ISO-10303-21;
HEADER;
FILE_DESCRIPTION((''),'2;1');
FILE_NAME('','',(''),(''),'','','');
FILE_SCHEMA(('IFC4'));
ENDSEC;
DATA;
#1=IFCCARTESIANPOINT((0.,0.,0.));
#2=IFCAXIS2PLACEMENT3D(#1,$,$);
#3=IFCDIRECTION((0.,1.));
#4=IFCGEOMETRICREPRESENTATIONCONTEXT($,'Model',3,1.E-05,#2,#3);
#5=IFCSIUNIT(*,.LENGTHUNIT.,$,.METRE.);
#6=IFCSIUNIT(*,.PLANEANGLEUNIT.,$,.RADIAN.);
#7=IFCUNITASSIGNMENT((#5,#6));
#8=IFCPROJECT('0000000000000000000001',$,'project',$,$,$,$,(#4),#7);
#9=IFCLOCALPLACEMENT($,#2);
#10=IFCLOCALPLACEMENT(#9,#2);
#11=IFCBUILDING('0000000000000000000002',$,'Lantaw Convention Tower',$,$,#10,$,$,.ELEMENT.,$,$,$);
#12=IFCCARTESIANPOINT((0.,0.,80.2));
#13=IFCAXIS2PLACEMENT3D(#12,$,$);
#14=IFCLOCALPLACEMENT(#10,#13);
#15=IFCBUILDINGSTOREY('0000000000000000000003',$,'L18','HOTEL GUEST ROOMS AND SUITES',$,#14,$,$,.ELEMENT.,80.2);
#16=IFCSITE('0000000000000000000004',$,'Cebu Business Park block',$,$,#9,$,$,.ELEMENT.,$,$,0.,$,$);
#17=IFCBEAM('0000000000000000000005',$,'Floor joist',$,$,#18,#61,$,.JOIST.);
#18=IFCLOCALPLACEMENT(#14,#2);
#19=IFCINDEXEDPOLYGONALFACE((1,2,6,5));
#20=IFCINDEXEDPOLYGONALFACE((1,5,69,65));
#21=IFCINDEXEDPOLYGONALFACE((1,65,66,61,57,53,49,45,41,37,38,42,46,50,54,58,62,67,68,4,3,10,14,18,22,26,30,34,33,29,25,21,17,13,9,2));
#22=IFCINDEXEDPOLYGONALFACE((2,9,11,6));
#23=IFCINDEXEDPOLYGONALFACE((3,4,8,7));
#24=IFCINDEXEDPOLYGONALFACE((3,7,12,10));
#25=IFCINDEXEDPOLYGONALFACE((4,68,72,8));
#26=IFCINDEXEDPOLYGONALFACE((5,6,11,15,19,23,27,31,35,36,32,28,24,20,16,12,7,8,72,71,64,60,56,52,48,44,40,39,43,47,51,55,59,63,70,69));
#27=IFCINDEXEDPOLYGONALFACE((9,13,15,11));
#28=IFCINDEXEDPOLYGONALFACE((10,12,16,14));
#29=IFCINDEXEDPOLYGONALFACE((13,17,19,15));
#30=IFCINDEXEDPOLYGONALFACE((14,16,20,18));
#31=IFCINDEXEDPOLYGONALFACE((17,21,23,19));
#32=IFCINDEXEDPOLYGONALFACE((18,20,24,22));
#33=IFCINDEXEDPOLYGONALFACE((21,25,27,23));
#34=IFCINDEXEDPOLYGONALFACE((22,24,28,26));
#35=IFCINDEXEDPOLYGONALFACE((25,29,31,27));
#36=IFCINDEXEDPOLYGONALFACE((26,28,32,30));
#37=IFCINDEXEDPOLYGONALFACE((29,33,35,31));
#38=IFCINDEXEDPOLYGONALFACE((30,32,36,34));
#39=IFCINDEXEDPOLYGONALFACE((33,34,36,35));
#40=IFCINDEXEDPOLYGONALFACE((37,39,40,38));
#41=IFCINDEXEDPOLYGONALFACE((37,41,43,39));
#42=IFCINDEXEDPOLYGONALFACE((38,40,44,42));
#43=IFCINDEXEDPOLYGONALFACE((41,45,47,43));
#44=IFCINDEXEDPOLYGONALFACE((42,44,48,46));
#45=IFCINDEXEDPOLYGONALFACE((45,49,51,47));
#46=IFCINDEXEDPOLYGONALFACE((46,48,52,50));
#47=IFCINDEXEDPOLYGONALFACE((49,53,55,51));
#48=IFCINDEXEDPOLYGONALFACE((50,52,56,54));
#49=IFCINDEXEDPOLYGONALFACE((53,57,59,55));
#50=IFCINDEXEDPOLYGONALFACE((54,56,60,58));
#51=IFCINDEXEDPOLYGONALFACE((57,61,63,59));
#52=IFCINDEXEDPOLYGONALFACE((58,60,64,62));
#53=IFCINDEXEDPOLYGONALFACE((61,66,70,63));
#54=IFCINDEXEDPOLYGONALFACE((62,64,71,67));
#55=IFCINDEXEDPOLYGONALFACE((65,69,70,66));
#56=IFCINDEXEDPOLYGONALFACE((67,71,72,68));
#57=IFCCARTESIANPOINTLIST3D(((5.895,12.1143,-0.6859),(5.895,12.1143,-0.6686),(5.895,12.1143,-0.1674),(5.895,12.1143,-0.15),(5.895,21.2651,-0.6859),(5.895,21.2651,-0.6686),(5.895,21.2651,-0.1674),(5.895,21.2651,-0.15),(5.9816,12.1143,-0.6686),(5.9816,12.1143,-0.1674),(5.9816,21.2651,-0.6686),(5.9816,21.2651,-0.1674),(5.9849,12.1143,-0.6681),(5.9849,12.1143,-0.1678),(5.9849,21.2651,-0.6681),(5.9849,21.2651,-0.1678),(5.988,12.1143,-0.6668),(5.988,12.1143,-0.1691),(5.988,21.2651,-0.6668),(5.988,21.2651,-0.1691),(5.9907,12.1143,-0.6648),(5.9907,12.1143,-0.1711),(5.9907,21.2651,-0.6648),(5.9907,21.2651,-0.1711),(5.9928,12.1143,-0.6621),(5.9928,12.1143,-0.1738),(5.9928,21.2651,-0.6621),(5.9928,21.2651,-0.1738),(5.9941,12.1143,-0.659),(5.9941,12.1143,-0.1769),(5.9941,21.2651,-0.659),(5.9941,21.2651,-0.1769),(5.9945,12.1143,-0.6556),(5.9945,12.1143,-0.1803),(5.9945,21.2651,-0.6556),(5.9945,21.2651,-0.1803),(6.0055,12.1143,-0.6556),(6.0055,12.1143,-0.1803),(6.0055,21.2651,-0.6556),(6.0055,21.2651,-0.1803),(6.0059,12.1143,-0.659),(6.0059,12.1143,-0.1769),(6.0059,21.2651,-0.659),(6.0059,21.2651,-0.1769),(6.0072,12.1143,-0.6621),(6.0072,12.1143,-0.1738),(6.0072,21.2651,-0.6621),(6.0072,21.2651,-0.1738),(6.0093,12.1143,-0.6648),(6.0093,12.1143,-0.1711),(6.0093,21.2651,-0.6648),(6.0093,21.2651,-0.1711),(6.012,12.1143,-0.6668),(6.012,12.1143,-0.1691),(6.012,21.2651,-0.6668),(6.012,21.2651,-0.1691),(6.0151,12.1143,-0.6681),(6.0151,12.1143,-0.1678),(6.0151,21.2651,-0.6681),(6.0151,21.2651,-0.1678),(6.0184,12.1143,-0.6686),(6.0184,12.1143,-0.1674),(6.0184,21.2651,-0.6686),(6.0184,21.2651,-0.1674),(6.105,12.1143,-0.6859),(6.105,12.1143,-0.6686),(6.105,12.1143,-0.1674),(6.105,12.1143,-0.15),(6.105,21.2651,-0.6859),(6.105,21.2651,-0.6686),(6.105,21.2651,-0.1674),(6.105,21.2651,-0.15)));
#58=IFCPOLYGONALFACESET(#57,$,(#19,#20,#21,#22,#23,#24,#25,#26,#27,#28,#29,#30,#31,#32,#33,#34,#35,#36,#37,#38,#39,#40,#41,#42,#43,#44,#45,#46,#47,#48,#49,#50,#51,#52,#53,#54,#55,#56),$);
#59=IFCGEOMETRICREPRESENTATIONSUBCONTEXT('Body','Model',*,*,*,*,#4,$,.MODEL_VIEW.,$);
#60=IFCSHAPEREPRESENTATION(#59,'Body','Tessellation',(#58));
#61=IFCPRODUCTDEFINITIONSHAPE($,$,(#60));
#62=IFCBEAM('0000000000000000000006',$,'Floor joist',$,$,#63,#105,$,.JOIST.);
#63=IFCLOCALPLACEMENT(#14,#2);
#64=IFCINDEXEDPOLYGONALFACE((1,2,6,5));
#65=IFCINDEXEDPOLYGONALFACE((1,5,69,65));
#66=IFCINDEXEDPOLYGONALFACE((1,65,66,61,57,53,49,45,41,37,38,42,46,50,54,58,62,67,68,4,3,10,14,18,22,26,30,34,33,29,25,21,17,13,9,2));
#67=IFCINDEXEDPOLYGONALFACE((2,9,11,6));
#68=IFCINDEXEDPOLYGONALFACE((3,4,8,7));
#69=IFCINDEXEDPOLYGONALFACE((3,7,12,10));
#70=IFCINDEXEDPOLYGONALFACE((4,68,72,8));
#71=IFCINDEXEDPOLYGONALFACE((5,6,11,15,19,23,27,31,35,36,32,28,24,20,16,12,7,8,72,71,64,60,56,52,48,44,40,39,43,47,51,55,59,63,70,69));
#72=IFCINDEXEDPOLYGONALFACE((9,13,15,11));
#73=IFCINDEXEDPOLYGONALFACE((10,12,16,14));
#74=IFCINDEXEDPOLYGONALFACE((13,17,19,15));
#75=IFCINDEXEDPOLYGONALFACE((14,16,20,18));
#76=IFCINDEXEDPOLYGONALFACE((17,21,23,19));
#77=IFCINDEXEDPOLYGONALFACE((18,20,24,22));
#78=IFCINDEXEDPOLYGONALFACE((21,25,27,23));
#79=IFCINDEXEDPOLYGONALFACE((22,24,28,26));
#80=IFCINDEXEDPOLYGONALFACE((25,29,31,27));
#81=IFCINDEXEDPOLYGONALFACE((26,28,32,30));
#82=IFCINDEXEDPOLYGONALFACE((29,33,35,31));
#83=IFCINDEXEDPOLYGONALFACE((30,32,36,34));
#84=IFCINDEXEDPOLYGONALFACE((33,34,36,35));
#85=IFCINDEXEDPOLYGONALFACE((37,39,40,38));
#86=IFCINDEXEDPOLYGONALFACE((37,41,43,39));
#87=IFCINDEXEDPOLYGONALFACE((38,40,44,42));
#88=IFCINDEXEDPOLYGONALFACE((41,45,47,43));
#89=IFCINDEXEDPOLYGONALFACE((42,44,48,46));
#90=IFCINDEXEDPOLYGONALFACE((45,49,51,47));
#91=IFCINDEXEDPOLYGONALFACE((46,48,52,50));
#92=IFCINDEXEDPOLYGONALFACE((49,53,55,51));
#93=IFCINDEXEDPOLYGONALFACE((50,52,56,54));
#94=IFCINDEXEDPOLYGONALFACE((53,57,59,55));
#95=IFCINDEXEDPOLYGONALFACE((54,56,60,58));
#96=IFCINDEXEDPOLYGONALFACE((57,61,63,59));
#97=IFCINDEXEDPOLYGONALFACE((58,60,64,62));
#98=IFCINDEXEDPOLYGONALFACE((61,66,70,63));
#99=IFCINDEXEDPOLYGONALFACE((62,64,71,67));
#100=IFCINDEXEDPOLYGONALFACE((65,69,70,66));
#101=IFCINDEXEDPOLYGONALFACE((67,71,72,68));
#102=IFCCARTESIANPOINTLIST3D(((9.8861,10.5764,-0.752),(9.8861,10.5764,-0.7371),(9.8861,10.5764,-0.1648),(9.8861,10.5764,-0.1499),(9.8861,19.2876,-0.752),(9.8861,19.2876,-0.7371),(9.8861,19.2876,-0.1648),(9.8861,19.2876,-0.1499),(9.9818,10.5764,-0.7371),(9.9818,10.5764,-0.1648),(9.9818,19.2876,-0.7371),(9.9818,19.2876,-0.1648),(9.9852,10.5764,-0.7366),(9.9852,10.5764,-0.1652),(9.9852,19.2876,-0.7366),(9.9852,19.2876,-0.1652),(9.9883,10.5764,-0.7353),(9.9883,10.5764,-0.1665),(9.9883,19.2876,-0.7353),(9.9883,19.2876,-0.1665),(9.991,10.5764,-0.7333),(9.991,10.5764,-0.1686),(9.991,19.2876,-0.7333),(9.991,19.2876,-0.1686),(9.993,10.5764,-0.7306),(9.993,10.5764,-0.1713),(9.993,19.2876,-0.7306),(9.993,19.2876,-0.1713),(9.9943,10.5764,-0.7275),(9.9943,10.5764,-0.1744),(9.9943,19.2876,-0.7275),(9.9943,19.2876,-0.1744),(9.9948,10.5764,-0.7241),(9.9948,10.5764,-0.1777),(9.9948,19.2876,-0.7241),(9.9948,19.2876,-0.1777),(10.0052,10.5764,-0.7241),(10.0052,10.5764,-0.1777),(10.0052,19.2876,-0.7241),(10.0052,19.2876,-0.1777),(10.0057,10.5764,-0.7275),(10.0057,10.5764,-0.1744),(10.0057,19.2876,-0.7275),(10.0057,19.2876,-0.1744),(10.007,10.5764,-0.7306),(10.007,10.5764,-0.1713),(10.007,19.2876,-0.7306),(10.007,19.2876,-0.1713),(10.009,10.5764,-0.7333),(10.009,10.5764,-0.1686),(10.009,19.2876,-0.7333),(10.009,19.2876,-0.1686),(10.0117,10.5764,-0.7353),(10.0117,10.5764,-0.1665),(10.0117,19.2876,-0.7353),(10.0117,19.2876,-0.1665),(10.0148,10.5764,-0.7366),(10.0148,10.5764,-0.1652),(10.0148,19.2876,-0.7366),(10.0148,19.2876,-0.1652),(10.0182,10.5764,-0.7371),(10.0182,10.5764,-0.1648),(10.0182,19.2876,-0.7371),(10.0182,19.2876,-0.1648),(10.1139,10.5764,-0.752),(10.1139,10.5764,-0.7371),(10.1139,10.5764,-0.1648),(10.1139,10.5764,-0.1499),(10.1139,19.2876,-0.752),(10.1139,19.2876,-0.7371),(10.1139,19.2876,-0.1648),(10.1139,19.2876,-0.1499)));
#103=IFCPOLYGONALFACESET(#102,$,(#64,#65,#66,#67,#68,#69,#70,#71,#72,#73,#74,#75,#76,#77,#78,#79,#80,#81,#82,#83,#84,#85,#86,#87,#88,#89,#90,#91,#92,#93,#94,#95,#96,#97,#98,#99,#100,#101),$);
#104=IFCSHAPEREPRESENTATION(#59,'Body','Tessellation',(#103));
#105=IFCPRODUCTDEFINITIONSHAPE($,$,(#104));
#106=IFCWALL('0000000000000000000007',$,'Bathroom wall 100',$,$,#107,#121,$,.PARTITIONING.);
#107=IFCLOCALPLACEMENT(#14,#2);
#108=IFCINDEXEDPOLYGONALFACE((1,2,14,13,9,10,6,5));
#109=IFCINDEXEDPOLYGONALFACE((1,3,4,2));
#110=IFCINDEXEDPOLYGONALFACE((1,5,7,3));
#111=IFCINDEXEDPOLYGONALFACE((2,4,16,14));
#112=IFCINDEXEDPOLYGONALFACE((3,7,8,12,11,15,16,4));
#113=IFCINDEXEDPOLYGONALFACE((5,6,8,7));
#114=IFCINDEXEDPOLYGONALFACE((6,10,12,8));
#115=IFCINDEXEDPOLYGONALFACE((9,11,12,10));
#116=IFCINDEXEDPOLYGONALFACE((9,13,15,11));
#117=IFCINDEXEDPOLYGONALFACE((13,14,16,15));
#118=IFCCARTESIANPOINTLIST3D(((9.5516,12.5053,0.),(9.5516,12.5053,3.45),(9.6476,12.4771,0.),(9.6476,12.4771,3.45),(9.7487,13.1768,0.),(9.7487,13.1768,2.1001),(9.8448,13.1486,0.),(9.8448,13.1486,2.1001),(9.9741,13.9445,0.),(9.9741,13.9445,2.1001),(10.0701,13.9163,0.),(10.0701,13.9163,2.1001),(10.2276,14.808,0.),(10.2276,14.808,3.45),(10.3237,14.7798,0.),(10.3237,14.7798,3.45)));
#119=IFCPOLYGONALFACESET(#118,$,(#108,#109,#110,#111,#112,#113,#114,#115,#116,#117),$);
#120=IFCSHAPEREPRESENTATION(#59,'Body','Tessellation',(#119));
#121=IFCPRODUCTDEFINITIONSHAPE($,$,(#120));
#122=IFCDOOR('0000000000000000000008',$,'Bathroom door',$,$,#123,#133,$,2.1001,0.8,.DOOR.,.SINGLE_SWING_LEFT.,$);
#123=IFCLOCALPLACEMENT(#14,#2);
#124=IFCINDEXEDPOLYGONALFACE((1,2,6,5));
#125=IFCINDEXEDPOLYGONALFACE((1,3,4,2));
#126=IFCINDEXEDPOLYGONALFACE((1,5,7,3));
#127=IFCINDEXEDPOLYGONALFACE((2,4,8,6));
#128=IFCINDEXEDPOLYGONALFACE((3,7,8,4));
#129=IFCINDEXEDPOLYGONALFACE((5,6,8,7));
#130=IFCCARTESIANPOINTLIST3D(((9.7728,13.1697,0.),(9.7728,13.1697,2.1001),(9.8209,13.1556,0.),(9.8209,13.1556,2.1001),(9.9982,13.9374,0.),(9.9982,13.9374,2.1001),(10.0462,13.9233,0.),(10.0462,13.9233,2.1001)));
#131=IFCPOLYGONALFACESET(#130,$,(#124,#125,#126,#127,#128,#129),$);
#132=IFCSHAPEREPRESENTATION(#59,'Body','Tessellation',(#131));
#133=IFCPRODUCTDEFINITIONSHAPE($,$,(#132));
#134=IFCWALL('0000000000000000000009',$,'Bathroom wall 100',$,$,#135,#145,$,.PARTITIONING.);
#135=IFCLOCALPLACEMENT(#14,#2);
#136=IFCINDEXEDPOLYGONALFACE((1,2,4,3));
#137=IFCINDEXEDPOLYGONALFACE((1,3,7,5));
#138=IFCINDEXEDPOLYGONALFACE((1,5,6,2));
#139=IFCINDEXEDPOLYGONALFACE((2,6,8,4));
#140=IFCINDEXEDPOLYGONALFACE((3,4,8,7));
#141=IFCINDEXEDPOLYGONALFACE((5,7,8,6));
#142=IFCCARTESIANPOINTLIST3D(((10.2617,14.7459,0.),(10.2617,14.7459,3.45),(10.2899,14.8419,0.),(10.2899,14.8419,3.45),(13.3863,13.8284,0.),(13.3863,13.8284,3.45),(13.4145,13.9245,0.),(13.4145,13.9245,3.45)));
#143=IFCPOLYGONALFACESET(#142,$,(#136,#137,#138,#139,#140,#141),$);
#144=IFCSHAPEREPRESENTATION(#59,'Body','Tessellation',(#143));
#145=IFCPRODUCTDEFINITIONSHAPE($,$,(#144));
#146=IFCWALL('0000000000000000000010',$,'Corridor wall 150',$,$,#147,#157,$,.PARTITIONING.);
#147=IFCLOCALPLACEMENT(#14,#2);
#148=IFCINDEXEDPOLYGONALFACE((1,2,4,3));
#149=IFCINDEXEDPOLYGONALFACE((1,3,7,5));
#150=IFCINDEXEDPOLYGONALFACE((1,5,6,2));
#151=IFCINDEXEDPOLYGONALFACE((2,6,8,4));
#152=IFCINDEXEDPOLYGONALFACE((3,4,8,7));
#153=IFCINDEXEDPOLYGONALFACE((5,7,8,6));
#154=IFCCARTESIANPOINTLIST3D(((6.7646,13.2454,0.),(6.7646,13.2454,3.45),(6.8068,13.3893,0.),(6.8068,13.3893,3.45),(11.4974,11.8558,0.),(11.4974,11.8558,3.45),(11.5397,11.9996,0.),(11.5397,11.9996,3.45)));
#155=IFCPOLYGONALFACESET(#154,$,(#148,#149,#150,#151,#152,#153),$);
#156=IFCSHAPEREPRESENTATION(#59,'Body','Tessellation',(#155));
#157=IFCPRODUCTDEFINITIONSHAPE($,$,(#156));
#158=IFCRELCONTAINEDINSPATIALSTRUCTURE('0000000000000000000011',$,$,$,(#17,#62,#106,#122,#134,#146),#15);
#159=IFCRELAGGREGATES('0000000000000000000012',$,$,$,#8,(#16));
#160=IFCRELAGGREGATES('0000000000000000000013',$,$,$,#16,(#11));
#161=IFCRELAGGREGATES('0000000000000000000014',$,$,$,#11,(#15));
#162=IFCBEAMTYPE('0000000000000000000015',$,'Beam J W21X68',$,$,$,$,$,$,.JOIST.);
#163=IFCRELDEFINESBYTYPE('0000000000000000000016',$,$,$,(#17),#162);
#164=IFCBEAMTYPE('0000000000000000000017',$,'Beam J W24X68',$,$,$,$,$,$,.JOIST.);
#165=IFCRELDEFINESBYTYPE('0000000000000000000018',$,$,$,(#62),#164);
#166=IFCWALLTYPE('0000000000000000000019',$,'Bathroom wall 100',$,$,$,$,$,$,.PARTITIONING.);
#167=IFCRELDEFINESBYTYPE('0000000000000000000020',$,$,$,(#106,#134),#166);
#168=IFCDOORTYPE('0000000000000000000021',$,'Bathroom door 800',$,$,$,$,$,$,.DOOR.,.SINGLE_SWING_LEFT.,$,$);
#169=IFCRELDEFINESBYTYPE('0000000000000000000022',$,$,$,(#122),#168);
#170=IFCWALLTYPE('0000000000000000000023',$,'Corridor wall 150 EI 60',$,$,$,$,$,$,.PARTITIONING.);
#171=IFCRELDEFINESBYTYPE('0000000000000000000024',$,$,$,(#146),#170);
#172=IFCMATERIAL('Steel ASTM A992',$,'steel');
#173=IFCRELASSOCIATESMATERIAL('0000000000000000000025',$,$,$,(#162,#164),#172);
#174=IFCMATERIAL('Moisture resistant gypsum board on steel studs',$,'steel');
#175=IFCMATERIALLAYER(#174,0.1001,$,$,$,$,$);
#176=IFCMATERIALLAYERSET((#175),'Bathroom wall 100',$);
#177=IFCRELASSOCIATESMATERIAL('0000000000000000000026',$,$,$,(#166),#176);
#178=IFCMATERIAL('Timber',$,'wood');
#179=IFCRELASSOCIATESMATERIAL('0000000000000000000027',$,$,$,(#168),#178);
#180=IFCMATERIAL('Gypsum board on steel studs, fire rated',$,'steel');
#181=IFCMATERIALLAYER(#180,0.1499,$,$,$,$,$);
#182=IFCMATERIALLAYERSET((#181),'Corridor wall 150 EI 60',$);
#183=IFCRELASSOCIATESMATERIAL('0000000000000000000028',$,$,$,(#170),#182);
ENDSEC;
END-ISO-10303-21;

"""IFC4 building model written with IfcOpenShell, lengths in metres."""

from ifc_helpers import new_model, si_unit, direction, frame, frame_2d, origin, origin_2d, place, context, subcontext, project, spatial, rectangle, i_section, extrude, material, layer, layer_set, material_profile, profile_set, type_object, element, fill, save


model = new_model("IFC4")

# Units and contexts
model_context = context("Model", 3, precision=1e-05, world=origin(), true_north=direction((0.0, 1.0)))
body_context = subcontext(model_context, "Body", "Model", "MODEL_VIEW")
ifc_project = project(units=[si_unit("LENGTHUNIT", "METRE"), si_unit("PLANEANGLEUNIT", "RADIAN")], contexts=[model_context])

# Site, building, storey
site_placement = place(None, origin())
site = spatial("IfcSite", under=ifc_project, at=site_placement, Name="Cebu Business Park block", CompositionType="ELEMENT", RefElevation=0.0)
building_placement = place(site_placement, origin())
building = spatial("IfcBuilding", under=site, at=building_placement, Name="Lantaw Convention Tower", CompositionType="ELEMENT")
storey_placement = place(building_placement, frame((0.0, 0.0, 80.2)))
storey = spatial("IfcBuildingStorey", under=building, at=storey_placement, Name="L18", Description="HOTEL GUEST ROOMS AND SUITES", CompositionType="ELEMENT", Elevation=80.2)

# Beams
ifc_material_1 = material(Name="Steel ASTM A992", Category="steel")
ifc_material_profile_1 = material_profile(ifc_material_1, i_section(OverallWidth=0.21, OverallDepth=0.5359, WebThickness=0.011, FlangeThickness=0.0173, FilletRadius=0.0129, at=origin_2d()), Name="W21X68")
ifc_profile_set_1 = profile_set([ifc_material_profile_1], Name="Steel ASTM A992")
beam_type_1 = type_object("IfcBeamType", Name="Beam J W21X68", PredefinedType="JOIST", material=ifc_profile_set_1)
beam_1_placement = place(storey_placement, frame((6.0, 12.1143, -0.418), z_axis=(0.0, 1.0, 0.0), x_axis=(-1.0, 0.0, 0.0)))
element("IfcBeam", 1, at=beam_1_placement, inside=storey, type_object=beam_type_1, Name="Floor joist", PredefinedType="JOIST", context=body_context, shape_type="SweptSolid", body=[
    extrude(i_section(OverallWidth=0.21, OverallDepth=0.5359, WebThickness=0.011, FlangeThickness=0.0173, FilletRadius=0.0129, at=origin_2d()), origin(), (0.0, 0.0, 1.0), 9.1509),
])
ifc_material_profile_2 = material_profile(ifc_material_1, i_section(OverallWidth=0.2278, OverallDepth=0.6021, WebThickness=0.0105, FlangeThickness=0.0149, FilletRadius=0.0129, at=origin_2d()), Name="W24X68")
ifc_profile_set_2 = profile_set([ifc_material_profile_2], Name="Steel ASTM A992")
beam_type_2 = type_object("IfcBeamType", Name="Beam J W24X68", PredefinedType="JOIST", material=ifc_profile_set_2)
beam_2_placement = place(storey_placement, frame((10.0, 10.5764, -0.4509), z_axis=(0.0, 1.0, 0.0), x_axis=(-1.0, 0.0, 0.0)))
element("IfcBeam", 2, at=beam_2_placement, inside=storey, type_object=beam_type_2, Name="Floor joist", PredefinedType="JOIST", context=body_context, shape_type="SweptSolid", body=[
    extrude(i_section(OverallWidth=0.2278, OverallDepth=0.6021, WebThickness=0.0105, FlangeThickness=0.0149, FilletRadius=0.0129, at=origin_2d()), origin(), (0.0, 0.0, 1.0), 8.7112),
])

# Wall, opening, door
ifc_material_2 = material(Name="Moisture resistant gypsum board on steel studs", Category="steel")
ifc_layer_1 = layer(ifc_material_2, 0.1001)
ifc_layer_set_1 = layer_set([ifc_layer_1], Name="Bathroom wall 100")
wall_type_1 = type_object("IfcWallType", Name="Bathroom wall 100", PredefinedType="PARTITIONING", material=ifc_layer_set_1)
wall_1_placement = place(storey_placement, frame((9.5996, 12.4912, 0.0), z_axis=(0.0, 0.0, 1.0), x_axis=(0.281687, 0.959506, 0.0)))
wall_1 = element("IfcWall", 3, at=wall_1_placement, inside=storey, type_object=wall_type_1, Name="Bathroom wall 100", PredefinedType="PARTITIONING", context=body_context, shape_type="SweptSolid", body=[
    extrude(rectangle(XDim=2.3999, YDim=0.1001, at=frame_2d((1.2, 0.0))), origin(), (0.0, 0.0, 1.0), 3.45),
])
opening_1_placement = place(wall_1_placement, frame((0.7, 0.0, 0.0)))
opening_1 = element("IfcOpeningElement", 4, at=opening_1_placement, cuts=wall_1, PredefinedType="OPENING", context=body_context, shape_type="SweptSolid", body=[
    extrude(rectangle(XDim=0.8, YDim=2.1001, at=frame_2d((0.3999, 1.05))), frame((0.0, 0.0601, 0.0), z_axis=(0.0, -1.0, 0.0), x_axis=(1.0, 0.0, 0.0)), (0.0, 0.0, 1.0), 0.1201),
])
ifc_material_3 = material(Name="Timber", Category="wood")
door_type_1 = type_object("IfcDoorType", Name="Bathroom door 800", OperationType="SINGLE_SWING_LEFT", PredefinedType="DOOR", material=ifc_material_3)
door_1_placement = place(opening_1_placement, origin())
door_1 = element("IfcDoor", 5, at=door_1_placement, inside=storey, type_object=door_type_1, Name="Bathroom door", OperationType="SINGLE_SWING_LEFT", OverallHeight=2.1001, OverallWidth=0.8, PredefinedType="DOOR", context=body_context, shape_type="SweptSolid", body=[
    extrude(rectangle(XDim=0.8, YDim=2.1001, at=frame_2d((0.3999, 1.05))), frame((0.0, 0.0249, 0.0), z_axis=(0.0, -1.0, 0.0), x_axis=(1.0, 0.0, 0.0)), (0.0, 0.0, 1.0), 0.05),
])
fill(opening_1, door_1)

# Walls
wall_2_placement = place(storey_placement, frame((10.2756, 14.7939, 0.0), z_axis=(0.0, 0.0, 1.0), x_axis=(0.959496, -0.281724, 0.0)))
element("IfcWall", 6, at=wall_2_placement, inside=storey, type_object=wall_type_1, Name="Bathroom wall 100", PredefinedType="PARTITIONING", context=body_context, shape_type="SweptSolid", body=[
    extrude(rectangle(XDim=3.2566, YDim=0.1001, at=frame_2d((1.6284, 0.0))), origin(), (0.0, 0.0, 1.0), 3.45),
])
ifc_material_4 = material(Name="Gypsum board on steel studs, fire rated", Category="steel")
ifc_layer_2 = layer(ifc_material_4, 0.1499)
ifc_layer_set_2 = layer_set([ifc_layer_2], Name="Corridor wall 150 EI 60")
wall_type_2 = type_object("IfcWallType", Name="Corridor wall 150 EI 60", PredefinedType="PARTITIONING", material=ifc_layer_set_2)
wall_3_placement = place(storey_placement, frame((11.5186, 11.9277, 0.0), z_axis=(0.0, 0.0, 1.0), x_axis=(-0.959496, 0.281721, 0.0)))
element("IfcWall", 7, at=wall_3_placement, inside=storey, type_object=wall_type_2, Name="Corridor wall 150", PredefinedType="PARTITIONING", context=body_context, shape_type="SweptSolid", body=[
    extrude(rectangle(XDim=4.9326, YDim=0.1499, at=frame_2d((2.4663, 0.0))), origin(), (0.0, 0.0, 1.0), 3.45),
])

save(model, "model.ifc")
